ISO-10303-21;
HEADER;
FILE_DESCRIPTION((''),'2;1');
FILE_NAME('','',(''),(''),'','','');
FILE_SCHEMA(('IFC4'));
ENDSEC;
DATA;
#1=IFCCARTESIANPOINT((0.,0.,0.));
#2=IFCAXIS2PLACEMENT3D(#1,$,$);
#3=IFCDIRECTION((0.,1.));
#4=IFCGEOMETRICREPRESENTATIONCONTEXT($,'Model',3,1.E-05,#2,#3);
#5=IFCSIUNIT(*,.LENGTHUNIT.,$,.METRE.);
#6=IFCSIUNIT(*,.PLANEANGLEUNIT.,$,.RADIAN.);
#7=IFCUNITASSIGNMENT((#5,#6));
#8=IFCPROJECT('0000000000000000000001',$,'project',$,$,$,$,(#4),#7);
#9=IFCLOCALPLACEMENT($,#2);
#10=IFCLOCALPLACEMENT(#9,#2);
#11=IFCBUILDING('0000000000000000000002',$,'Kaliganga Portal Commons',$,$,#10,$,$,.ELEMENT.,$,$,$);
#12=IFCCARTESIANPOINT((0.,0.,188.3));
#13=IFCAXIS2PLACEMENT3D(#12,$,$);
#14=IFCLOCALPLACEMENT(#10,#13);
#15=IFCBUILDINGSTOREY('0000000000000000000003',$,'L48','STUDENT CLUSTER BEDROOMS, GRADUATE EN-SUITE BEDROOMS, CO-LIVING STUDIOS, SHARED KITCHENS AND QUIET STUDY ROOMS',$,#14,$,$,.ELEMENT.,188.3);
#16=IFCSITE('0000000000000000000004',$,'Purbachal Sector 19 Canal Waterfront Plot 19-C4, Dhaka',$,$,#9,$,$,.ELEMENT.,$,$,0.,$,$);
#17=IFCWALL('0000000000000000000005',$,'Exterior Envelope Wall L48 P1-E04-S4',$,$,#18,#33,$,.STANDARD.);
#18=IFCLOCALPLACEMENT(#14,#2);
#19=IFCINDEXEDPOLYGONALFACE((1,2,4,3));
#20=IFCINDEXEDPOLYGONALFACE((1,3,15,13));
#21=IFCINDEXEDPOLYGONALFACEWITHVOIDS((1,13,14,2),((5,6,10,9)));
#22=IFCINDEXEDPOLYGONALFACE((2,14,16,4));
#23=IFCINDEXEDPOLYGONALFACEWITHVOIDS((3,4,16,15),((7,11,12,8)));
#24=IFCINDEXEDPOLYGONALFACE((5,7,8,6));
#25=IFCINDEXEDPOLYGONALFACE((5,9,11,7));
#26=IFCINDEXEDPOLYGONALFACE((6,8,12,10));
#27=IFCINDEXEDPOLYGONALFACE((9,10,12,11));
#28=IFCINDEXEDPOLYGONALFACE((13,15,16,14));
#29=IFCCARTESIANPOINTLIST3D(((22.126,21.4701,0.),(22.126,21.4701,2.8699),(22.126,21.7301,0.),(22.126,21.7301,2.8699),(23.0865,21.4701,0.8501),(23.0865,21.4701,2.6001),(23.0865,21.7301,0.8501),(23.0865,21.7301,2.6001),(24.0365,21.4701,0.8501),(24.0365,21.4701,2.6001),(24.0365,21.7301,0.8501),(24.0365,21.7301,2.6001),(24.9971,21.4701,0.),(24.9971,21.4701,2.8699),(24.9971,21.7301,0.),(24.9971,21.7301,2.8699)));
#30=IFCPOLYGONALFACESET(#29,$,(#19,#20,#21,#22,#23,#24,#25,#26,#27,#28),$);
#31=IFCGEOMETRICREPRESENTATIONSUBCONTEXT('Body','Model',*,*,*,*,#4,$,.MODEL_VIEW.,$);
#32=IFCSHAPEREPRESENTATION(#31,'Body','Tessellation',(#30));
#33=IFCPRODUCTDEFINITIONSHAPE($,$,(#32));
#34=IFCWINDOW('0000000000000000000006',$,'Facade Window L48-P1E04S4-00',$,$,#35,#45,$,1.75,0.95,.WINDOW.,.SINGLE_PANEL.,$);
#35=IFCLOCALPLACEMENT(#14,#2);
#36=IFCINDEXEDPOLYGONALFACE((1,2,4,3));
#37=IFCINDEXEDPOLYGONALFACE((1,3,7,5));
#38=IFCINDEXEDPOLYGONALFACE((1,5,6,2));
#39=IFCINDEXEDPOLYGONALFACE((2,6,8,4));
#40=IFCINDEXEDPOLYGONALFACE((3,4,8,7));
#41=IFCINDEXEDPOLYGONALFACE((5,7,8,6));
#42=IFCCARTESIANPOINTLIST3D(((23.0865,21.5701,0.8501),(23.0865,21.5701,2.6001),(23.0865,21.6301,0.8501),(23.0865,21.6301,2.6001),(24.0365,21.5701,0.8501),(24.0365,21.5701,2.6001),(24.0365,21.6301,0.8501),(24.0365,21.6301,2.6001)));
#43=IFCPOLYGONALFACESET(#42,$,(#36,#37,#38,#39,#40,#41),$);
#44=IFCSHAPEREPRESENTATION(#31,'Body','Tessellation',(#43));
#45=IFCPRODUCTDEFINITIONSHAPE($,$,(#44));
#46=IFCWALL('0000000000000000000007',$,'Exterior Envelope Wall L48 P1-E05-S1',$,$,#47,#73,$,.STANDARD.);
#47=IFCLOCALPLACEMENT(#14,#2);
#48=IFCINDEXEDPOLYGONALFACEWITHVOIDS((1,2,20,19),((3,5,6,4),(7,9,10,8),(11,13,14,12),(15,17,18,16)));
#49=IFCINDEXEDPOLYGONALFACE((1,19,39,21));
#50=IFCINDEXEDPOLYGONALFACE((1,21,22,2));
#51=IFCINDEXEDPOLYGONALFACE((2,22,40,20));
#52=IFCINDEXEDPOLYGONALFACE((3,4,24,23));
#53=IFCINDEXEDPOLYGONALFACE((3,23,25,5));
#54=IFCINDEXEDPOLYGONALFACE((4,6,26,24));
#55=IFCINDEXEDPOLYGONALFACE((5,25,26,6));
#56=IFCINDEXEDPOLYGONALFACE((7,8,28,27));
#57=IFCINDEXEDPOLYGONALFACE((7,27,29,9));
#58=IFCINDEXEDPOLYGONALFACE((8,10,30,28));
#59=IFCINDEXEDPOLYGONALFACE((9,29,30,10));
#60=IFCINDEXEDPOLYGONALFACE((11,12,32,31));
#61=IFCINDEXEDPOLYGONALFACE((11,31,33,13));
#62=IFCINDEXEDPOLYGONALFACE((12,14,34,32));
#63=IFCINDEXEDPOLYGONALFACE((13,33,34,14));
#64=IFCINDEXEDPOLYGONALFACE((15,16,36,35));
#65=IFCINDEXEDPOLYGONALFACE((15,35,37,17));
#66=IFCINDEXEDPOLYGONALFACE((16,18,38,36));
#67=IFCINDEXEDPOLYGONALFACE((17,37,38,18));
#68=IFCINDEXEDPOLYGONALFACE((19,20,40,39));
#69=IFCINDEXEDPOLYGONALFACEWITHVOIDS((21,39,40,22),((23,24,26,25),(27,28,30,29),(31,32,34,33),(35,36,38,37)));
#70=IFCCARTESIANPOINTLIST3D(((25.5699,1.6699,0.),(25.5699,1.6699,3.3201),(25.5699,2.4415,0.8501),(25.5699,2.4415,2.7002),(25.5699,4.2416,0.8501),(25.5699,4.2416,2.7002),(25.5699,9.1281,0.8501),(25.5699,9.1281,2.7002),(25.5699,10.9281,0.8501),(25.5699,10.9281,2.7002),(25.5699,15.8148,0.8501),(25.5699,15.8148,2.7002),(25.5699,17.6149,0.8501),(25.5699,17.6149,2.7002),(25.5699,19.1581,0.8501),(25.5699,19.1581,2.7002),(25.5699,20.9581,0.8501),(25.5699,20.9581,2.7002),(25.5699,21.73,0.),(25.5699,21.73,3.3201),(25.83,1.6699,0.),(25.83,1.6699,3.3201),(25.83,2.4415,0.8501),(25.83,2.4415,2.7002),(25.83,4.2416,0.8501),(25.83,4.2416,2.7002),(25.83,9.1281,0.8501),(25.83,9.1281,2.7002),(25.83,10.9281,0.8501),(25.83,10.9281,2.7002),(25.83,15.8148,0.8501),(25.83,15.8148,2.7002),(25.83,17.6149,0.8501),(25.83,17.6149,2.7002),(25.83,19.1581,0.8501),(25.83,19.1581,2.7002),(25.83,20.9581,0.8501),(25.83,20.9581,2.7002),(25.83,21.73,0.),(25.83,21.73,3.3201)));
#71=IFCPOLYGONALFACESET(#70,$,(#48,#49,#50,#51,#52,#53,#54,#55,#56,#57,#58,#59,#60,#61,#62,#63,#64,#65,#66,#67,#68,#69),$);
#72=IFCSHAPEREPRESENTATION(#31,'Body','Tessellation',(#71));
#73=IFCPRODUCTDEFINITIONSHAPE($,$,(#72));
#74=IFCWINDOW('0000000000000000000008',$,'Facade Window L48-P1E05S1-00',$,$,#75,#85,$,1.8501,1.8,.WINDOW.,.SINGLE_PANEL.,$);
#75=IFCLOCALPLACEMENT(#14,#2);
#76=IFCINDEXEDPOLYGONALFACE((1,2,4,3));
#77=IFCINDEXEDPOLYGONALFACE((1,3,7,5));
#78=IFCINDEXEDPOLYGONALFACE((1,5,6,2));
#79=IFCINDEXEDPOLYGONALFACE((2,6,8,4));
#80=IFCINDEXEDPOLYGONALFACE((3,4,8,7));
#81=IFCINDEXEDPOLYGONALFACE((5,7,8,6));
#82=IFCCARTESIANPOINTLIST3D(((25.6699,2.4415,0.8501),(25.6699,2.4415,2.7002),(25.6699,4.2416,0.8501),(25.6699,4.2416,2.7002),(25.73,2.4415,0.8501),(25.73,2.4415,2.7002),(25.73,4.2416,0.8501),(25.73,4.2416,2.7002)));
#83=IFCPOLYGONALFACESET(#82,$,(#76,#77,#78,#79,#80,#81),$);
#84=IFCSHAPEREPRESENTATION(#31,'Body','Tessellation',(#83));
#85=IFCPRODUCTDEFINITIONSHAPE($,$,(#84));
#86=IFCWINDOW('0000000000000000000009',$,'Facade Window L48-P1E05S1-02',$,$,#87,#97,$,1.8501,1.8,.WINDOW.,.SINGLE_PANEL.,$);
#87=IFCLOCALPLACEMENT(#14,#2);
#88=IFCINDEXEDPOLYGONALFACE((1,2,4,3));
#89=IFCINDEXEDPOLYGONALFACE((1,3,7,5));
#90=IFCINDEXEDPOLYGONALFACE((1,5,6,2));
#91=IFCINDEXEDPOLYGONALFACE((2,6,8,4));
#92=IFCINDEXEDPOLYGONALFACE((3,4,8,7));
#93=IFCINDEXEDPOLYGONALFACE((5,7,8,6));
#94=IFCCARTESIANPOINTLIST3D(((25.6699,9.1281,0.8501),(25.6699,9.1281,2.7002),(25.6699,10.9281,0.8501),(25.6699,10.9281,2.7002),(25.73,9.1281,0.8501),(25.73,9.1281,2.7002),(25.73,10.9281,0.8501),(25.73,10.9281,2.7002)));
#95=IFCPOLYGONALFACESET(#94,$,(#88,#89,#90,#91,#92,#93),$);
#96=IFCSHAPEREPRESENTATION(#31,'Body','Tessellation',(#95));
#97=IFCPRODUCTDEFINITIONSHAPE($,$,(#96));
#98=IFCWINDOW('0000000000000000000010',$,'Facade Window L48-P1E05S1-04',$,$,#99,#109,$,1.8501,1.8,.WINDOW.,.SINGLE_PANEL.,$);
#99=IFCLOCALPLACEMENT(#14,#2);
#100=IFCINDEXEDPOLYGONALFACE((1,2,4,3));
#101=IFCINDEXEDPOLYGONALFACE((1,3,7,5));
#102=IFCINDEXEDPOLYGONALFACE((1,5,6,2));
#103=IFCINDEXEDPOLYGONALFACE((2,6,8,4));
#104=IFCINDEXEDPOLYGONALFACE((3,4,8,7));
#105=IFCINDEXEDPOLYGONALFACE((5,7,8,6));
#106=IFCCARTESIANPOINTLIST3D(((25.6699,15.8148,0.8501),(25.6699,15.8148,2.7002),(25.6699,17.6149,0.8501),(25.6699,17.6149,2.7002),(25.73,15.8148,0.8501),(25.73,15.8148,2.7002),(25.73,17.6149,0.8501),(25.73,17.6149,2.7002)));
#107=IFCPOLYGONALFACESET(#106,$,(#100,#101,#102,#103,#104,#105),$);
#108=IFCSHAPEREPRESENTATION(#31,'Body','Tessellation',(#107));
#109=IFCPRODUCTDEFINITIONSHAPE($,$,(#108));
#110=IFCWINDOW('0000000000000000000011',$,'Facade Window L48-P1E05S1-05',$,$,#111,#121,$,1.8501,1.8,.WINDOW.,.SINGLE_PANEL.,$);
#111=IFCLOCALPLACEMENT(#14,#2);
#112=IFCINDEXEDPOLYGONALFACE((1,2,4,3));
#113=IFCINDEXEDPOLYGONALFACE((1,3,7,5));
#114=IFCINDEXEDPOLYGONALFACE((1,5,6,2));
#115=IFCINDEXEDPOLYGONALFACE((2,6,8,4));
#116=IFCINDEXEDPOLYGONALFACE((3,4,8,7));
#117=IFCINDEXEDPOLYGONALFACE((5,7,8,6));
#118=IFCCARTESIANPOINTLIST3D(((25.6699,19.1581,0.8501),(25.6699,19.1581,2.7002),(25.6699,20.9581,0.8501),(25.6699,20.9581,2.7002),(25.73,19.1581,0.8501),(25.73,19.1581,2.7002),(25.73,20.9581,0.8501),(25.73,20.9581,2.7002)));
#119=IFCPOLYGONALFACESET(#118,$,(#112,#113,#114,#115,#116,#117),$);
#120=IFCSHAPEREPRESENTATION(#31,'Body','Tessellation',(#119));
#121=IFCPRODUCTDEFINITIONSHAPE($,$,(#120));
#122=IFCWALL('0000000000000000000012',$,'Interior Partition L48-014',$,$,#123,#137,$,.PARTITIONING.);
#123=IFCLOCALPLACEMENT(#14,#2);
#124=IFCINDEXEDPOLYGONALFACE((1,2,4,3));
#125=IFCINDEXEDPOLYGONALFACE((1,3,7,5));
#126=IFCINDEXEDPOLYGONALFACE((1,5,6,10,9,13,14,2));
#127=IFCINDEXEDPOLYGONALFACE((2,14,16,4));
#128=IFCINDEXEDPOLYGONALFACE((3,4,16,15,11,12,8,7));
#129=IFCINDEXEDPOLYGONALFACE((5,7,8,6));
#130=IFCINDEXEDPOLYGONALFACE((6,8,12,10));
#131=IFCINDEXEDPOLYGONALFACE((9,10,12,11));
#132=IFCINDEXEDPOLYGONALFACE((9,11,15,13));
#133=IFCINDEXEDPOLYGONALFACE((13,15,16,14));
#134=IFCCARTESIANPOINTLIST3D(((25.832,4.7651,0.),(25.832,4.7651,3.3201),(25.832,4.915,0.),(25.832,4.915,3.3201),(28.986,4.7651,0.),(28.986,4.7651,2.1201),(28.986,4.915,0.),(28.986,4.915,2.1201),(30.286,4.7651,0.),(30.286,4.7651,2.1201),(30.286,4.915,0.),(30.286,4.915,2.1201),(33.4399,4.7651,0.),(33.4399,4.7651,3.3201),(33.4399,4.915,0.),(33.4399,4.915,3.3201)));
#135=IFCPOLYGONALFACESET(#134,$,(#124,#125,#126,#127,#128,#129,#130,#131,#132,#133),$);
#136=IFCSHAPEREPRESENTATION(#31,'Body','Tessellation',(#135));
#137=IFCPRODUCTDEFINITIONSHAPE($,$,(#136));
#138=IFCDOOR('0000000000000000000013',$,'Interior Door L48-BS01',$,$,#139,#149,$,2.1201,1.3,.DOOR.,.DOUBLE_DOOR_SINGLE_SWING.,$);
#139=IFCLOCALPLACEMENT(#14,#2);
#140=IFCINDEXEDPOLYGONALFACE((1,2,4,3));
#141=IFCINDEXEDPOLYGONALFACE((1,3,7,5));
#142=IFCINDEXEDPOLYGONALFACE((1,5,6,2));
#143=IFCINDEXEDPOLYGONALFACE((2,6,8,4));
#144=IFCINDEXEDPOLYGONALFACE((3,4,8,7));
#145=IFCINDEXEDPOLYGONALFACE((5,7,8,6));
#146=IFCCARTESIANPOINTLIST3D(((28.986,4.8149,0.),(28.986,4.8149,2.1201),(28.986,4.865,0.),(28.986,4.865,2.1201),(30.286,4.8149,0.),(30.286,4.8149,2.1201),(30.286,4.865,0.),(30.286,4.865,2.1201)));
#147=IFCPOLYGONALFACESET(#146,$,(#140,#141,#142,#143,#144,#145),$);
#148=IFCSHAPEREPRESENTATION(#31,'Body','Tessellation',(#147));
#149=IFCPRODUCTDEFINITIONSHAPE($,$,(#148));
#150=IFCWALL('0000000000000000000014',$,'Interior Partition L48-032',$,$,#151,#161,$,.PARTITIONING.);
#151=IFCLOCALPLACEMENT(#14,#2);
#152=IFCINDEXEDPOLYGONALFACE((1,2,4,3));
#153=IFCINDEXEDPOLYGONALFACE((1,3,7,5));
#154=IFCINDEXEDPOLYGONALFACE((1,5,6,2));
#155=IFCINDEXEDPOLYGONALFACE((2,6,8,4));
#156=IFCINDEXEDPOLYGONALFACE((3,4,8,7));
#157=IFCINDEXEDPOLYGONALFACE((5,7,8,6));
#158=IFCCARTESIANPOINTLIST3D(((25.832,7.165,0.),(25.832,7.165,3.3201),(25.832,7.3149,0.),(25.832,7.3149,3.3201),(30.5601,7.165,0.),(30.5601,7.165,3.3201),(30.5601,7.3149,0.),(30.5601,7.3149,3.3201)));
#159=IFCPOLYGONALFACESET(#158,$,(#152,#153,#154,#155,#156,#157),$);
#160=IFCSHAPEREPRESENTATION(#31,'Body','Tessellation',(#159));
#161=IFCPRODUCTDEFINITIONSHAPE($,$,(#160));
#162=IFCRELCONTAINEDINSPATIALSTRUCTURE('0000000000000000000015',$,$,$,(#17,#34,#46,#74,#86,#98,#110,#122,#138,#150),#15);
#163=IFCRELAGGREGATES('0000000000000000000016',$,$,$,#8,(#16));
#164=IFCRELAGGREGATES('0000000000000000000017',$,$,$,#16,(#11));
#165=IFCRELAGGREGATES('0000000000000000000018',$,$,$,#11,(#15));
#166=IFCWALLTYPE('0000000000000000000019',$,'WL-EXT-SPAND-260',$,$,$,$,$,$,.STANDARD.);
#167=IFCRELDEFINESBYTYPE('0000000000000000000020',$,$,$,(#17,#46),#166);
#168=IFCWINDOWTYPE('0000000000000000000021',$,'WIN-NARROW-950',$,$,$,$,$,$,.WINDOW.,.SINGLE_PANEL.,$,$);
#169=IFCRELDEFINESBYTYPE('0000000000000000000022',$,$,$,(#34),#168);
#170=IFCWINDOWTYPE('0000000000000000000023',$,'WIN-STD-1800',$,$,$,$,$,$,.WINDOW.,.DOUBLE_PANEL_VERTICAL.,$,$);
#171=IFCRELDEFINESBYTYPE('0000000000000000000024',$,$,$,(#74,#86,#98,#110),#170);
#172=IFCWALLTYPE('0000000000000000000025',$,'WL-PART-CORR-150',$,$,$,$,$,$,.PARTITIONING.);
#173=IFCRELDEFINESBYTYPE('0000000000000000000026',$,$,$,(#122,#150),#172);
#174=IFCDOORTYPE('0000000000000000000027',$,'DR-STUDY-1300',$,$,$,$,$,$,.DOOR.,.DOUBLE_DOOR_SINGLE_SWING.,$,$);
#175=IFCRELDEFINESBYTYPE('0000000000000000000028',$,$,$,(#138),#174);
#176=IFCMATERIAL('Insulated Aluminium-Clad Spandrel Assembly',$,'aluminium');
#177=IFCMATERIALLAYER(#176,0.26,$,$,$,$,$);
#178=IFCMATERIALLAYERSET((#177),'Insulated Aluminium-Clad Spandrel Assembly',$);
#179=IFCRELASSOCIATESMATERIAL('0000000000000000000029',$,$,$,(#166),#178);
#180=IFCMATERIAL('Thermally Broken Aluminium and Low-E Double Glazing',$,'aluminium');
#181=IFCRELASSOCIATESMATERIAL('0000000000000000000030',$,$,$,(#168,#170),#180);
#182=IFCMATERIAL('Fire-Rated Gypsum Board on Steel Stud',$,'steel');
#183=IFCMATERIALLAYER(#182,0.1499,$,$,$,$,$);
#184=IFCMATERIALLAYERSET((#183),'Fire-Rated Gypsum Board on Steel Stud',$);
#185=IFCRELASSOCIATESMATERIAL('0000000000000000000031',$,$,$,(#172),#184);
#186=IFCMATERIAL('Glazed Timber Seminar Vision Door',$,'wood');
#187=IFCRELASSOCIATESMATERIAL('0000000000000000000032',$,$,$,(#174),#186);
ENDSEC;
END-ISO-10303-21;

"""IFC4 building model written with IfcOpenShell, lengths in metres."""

from ifc_helpers import new_model, si_unit, direction, frame, frame_2d, origin, place, context, subcontext, project, spatial, rectangle, extrude, material, layer, layer_set, type_object, element, fill, save


model = new_model("IFC4")

# Units and contexts
model_context = context("Model", 3, precision=1e-05, world=origin(), true_north=direction((0.0, 1.0)))
body_context = subcontext(model_context, "Body", "Model", "MODEL_VIEW")
ifc_project = project(units=[si_unit("LENGTHUNIT", "METRE"), si_unit("PLANEANGLEUNIT", "RADIAN")], contexts=[model_context])

# Site, building, storey
site_placement = place(None, origin())
site = spatial("IfcSite", under=ifc_project, at=site_placement, Name="Purbachal Sector 19 Canal Waterfront Plot 19-C4, Dhaka", CompositionType="ELEMENT", RefElevation=0.0)
building_placement = place(site_placement, origin())
building = spatial("IfcBuilding", under=site, at=building_placement, Name="Kaliganga Portal Commons", CompositionType="ELEMENT")
storey_placement = place(building_placement, frame((0.0, 0.0, 188.3)))
storey = spatial("IfcBuildingStorey", under=building, at=storey_placement, Name="L48", Description="STUDENT CLUSTER BEDROOMS, GRADUATE EN-SUITE BEDROOMS, CO-LIVING STUDIOS, SHARED KITCHENS AND QUIET STUDY ROOMS", CompositionType="ELEMENT", Elevation=188.3)

# Wall, opening, window
ifc_material_1 = material(Name="Insulated Aluminium-Clad Spandrel Assembly", Category="aluminium")
ifc_layer_1 = layer(ifc_material_1, 0.26)
ifc_layer_set_1 = layer_set([ifc_layer_1], Name="Insulated Aluminium-Clad Spandrel Assembly")
wall_type_1 = type_object("IfcWallType", Name="WL-EXT-SPAND-260", PredefinedType="STANDARD", material=ifc_layer_set_1)
ifc_material_2 = material(Name="Thermally Broken Aluminium and Low-E Double Glazing", Category="aluminium")
window_type_1 = type_object("IfcWindowType", Name="WIN-NARROW-950", PartitioningType="SINGLE_PANEL", PredefinedType="WINDOW", material=ifc_material_2)
wall_1_placement = place(storey_placement, frame((24.9971, 21.6001, 0.0), z_axis=(0.0, 0.0, 1.0), x_axis=(-1.0, 0.0, 0.0)))
wall_1 = element("IfcWall", 1, at=wall_1_placement, inside=storey, type_object=wall_type_1, Name="Exterior Envelope Wall L48 P1-E04-S4", PredefinedType="STANDARD", context=body_context, shape_type="SweptSolid", body=[
    extrude(rectangle(XDim=2.8711, YDim=0.26, at=frame_2d((1.4355, 0.0))), origin(), (0.0, 0.0, 1.0), 2.8699),
])
opening_1_placement = place(wall_1_placement, frame((0.9604, 0.0, 0.8501)))
opening_1 = element("IfcOpeningElement", 2, at=opening_1_placement, cuts=wall_1, PredefinedType="OPENING", context=body_context, shape_type="SweptSolid", body=[
    extrude(rectangle(XDim=0.95, YDim=1.75, at=frame_2d((0.4751, 0.875))), frame((0.0, 0.1401, 0.0), z_axis=(0.0, -1.0, 0.0), x_axis=(1.0, 0.0, 0.0)), (0.0, 0.0, 1.0), 0.28),
])
window_1_placement = place(opening_1_placement, origin())
window_1 = element("IfcWindow", 3, at=window_1_placement, inside=storey, type_object=window_type_1, Name="Facade Window L48-P1E04S4-00", OverallHeight=1.75, OverallWidth=0.95, PartitioningType="SINGLE_PANEL", PredefinedType="WINDOW", context=body_context, shape_type="SweptSolid", body=[
    extrude(rectangle(XDim=0.95, YDim=1.75, at=frame_2d((0.4751, 0.875))), frame((0.0, 0.03, 0.0), z_axis=(0.0, -1.0, 0.0), x_axis=(1.0, 0.0, 0.0)), (0.0, 0.0, 1.0), 0.0601),
])
fill(opening_1, window_1)

# Wall, openings, windows
wall_2_placement = place(storey_placement, frame((25.7, 1.6699, 0.0), z_axis=(0.0, 0.0, 1.0), x_axis=(0.0, 1.0, 0.0)))
wall_2 = element("IfcWall", 4, at=wall_2_placement, inside=storey, type_object=wall_type_1, Name="Exterior Envelope Wall L48 P1-E05-S1", PredefinedType="STANDARD", context=body_context, shape_type="SweptSolid", body=[
    extrude(rectangle(XDim=20.0601, YDim=0.26, at=frame_2d((10.03, 0.0))), origin(), (0.0, 0.0, 1.0), 3.3201),
])
opening_2_placement = place(wall_2_placement, frame((0.7717, 0.0, 0.8501)))
opening_2 = element("IfcOpeningElement", 5, at=opening_2_placement, cuts=wall_2, PredefinedType="OPENING", context=body_context, shape_type="SweptSolid", body=[
    extrude(rectangle(XDim=1.8, YDim=1.8501, at=frame_2d((0.8999, 0.925))), frame((0.0, 0.1401, 0.0), z_axis=(0.0, -1.0, 0.0), x_axis=(1.0, 0.0, 0.0)), (0.0, 0.0, 1.0), 0.28),
])
opening_3_placement = place(wall_2_placement, frame((7.4583, 0.0, 0.8501)))
opening_3 = element("IfcOpeningElement", 6, at=opening_3_placement, cuts=wall_2, PredefinedType="OPENING", context=body_context, shape_type="SweptSolid", body=[
    extrude(rectangle(XDim=1.8, YDim=1.8501, at=frame_2d((0.8999, 0.925))), frame((0.0, 0.1401, 0.0), z_axis=(0.0, -1.0, 0.0), x_axis=(1.0, 0.0, 0.0)), (0.0, 0.0, 1.0), 0.28),
])
opening_4_placement = place(wall_2_placement, frame((14.145, 0.0, 0.8501)))
opening_4 = element("IfcOpeningElement", 7, at=opening_4_placement, cuts=wall_2, PredefinedType="OPENING", context=body_context, shape_type="SweptSolid", body=[
    extrude(rectangle(XDim=1.8, YDim=1.8501, at=frame_2d((0.8999, 0.925))), frame((0.0, 0.1401, 0.0), z_axis=(0.0, -1.0, 0.0), x_axis=(1.0, 0.0, 0.0)), (0.0, 0.0, 1.0), 0.28),
])
opening_5_placement = place(wall_2_placement, frame((17.4883, 0.0, 0.8501)))
opening_5 = element("IfcOpeningElement", 8, at=opening_5_placement, cuts=wall_2, PredefinedType="OPENING", context=body_context, shape_type="SweptSolid", body=[
    extrude(rectangle(XDim=1.8, YDim=1.8501, at=frame_2d((0.8999, 0.925))), frame((0.0, 0.1401, 0.0), z_axis=(0.0, -1.0, 0.0), x_axis=(1.0, 0.0, 0.0)), (0.0, 0.0, 1.0), 0.28),
])
window_type_2 = type_object("IfcWindowType", Name="WIN-STD-1800", PartitioningType="DOUBLE_PANEL_VERTICAL", PredefinedType="WINDOW", material=ifc_material_2)
window_2_placement = place(opening_2_placement, origin())
window_2 = element("IfcWindow", 9, at=window_2_placement, inside=storey, type_object=window_type_2, Name="Facade Window L48-P1E05S1-00", OverallHeight=1.8501, OverallWidth=1.8, PartitioningType="SINGLE_PANEL", PredefinedType="WINDOW", context=body_context, shape_type="SweptSolid", body=[
    extrude(rectangle(XDim=1.8, YDim=1.8501, at=frame_2d((0.8999, 0.925))), frame((0.0, 0.03, 0.0), z_axis=(0.0, -1.0, 0.0), x_axis=(1.0, 0.0, 0.0)), (0.0, 0.0, 1.0), 0.0601),
])
fill(opening_2, window_2)
window_3_placement = place(opening_3_placement, origin())
window_3 = element("IfcWindow", 10, at=window_3_placement, inside=storey, type_object=window_type_2, Name="Facade Window L48-P1E05S1-02", OverallHeight=1.8501, OverallWidth=1.8, PartitioningType="SINGLE_PANEL", PredefinedType="WINDOW", context=body_context, shape_type="SweptSolid", body=[
    extrude(rectangle(XDim=1.8, YDim=1.8501, at=frame_2d((0.8999, 0.925))), frame((0.0, 0.03, 0.0), z_axis=(0.0, -1.0, 0.0), x_axis=(1.0, 0.0, 0.0)), (0.0, 0.0, 1.0), 0.0601),
])
fill(opening_3, window_3)
window_4_placement = place(opening_4_placement, origin())
window_4 = element("IfcWindow", 11, at=window_4_placement, inside=storey, type_object=window_type_2, Name="Facade Window L48-P1E05S1-04", OverallHeight=1.8501, OverallWidth=1.8, PartitioningType="SINGLE_PANEL", PredefinedType="WINDOW", context=body_context, shape_type="SweptSolid", body=[
    extrude(rectangle(XDim=1.8, YDim=1.8501, at=frame_2d((0.8999, 0.925))), frame((0.0, 0.03, 0.0), z_axis=(0.0, -1.0, 0.0), x_axis=(1.0, 0.0, 0.0)), (0.0, 0.0, 1.0), 0.0601),
])
fill(opening_4, window_4)
window_5_placement = place(opening_5_placement, origin())
window_5 = element("IfcWindow", 12, at=window_5_placement, inside=storey, type_object=window_type_2, Name="Facade Window L48-P1E05S1-05", OverallHeight=1.8501, OverallWidth=1.8, PartitioningType="SINGLE_PANEL", PredefinedType="WINDOW", context=body_context, shape_type="SweptSolid", body=[
    extrude(rectangle(XDim=1.8, YDim=1.8501, at=frame_2d((0.8999, 0.925))), frame((0.0, 0.03, 0.0), z_axis=(0.0, -1.0, 0.0), x_axis=(1.0, 0.0, 0.0)), (0.0, 0.0, 1.0), 0.0601),
])
fill(opening_5, window_5)

# Wall, opening, door
ifc_material_3 = material(Name="Fire-Rated Gypsum Board on Steel Stud", Category="steel")
ifc_layer_2 = layer(ifc_material_3, 0.1499)
ifc_layer_set_2 = layer_set([ifc_layer_2], Name="Fire-Rated Gypsum Board on Steel Stud")
wall_type_2 = type_object("IfcWallType", Name="WL-PART-CORR-150", PredefinedType="PARTITIONING", material=ifc_layer_set_2)
wall_3_placement = place(storey_placement, frame((25.832, 4.8401, 0.0), z_axis=(0.0, 0.0, 1.0), x_axis=(1.0, 0.0, 0.0)))
wall_3 = element("IfcWall", 13, at=wall_3_placement, inside=storey, type_object=wall_type_2, Name="Interior Partition L48-014", PredefinedType="PARTITIONING", context=body_context, shape_type="SweptSolid", body=[
    extrude(rectangle(XDim=7.6079, YDim=0.1499, at=frame_2d((3.804, 0.0))), origin(), (0.0, 0.0, 1.0), 3.3201),
])
opening_6_placement = place(wall_3_placement, frame((3.1541, 0.0, 0.0)))
opening_6 = element("IfcOpeningElement", 14, at=opening_6_placement, cuts=wall_3, PredefinedType="OPENING", context=body_context, shape_type="SweptSolid", body=[
    extrude(rectangle(XDim=1.3, YDim=2.1201, at=frame_2d((0.6499, 1.0601))), frame((0.0, 0.085, 0.0), z_axis=(0.0, -1.0, 0.0), x_axis=(1.0, 0.0, 0.0)), (0.0, 0.0, 1.0), 0.1699),
])
ifc_material_4 = material(Name="Glazed Timber Seminar Vision Door", Category="wood")
door_type = type_object("IfcDoorType", Name="DR-STUDY-1300", OperationType="DOUBLE_DOOR_SINGLE_SWING", PredefinedType="DOOR", material=ifc_material_4)
door_placement = place(opening_6_placement, origin())
door = element("IfcDoor", 15, at=door_placement, inside=storey, type_object=door_type, Name="Interior Door L48-BS01", OperationType="DOUBLE_DOOR_SINGLE_SWING", OverallHeight=2.1201, OverallWidth=1.3, PredefinedType="DOOR", context=body_context, shape_type="SweptSolid", body=[
    extrude(rectangle(XDim=1.3, YDim=2.1201, at=frame_2d((0.6499, 1.0601))), frame((0.0, 0.0249, 0.0), z_axis=(0.0, -1.0, 0.0), x_axis=(1.0, 0.0, 0.0)), (0.0, 0.0, 1.0), 0.05),
])
fill(opening_6, door)

# Wall
wall_4_placement = place(storey_placement, frame((25.832, 7.24, 0.0), z_axis=(0.0, 0.0, 1.0), x_axis=(1.0, 0.0, 0.0)))
element("IfcWall", 16, at=wall_4_placement, inside=storey, type_object=wall_type_2, Name="Interior Partition L48-032", PredefinedType="PARTITIONING", context=body_context, shape_type="SweptSolid", body=[
    extrude(rectangle(XDim=4.728, YDim=0.1499, at=frame_2d((2.364, 0.0))), origin(), (0.0, 0.0, 1.0), 3.3201),
])

save(model, "model.ifc")
